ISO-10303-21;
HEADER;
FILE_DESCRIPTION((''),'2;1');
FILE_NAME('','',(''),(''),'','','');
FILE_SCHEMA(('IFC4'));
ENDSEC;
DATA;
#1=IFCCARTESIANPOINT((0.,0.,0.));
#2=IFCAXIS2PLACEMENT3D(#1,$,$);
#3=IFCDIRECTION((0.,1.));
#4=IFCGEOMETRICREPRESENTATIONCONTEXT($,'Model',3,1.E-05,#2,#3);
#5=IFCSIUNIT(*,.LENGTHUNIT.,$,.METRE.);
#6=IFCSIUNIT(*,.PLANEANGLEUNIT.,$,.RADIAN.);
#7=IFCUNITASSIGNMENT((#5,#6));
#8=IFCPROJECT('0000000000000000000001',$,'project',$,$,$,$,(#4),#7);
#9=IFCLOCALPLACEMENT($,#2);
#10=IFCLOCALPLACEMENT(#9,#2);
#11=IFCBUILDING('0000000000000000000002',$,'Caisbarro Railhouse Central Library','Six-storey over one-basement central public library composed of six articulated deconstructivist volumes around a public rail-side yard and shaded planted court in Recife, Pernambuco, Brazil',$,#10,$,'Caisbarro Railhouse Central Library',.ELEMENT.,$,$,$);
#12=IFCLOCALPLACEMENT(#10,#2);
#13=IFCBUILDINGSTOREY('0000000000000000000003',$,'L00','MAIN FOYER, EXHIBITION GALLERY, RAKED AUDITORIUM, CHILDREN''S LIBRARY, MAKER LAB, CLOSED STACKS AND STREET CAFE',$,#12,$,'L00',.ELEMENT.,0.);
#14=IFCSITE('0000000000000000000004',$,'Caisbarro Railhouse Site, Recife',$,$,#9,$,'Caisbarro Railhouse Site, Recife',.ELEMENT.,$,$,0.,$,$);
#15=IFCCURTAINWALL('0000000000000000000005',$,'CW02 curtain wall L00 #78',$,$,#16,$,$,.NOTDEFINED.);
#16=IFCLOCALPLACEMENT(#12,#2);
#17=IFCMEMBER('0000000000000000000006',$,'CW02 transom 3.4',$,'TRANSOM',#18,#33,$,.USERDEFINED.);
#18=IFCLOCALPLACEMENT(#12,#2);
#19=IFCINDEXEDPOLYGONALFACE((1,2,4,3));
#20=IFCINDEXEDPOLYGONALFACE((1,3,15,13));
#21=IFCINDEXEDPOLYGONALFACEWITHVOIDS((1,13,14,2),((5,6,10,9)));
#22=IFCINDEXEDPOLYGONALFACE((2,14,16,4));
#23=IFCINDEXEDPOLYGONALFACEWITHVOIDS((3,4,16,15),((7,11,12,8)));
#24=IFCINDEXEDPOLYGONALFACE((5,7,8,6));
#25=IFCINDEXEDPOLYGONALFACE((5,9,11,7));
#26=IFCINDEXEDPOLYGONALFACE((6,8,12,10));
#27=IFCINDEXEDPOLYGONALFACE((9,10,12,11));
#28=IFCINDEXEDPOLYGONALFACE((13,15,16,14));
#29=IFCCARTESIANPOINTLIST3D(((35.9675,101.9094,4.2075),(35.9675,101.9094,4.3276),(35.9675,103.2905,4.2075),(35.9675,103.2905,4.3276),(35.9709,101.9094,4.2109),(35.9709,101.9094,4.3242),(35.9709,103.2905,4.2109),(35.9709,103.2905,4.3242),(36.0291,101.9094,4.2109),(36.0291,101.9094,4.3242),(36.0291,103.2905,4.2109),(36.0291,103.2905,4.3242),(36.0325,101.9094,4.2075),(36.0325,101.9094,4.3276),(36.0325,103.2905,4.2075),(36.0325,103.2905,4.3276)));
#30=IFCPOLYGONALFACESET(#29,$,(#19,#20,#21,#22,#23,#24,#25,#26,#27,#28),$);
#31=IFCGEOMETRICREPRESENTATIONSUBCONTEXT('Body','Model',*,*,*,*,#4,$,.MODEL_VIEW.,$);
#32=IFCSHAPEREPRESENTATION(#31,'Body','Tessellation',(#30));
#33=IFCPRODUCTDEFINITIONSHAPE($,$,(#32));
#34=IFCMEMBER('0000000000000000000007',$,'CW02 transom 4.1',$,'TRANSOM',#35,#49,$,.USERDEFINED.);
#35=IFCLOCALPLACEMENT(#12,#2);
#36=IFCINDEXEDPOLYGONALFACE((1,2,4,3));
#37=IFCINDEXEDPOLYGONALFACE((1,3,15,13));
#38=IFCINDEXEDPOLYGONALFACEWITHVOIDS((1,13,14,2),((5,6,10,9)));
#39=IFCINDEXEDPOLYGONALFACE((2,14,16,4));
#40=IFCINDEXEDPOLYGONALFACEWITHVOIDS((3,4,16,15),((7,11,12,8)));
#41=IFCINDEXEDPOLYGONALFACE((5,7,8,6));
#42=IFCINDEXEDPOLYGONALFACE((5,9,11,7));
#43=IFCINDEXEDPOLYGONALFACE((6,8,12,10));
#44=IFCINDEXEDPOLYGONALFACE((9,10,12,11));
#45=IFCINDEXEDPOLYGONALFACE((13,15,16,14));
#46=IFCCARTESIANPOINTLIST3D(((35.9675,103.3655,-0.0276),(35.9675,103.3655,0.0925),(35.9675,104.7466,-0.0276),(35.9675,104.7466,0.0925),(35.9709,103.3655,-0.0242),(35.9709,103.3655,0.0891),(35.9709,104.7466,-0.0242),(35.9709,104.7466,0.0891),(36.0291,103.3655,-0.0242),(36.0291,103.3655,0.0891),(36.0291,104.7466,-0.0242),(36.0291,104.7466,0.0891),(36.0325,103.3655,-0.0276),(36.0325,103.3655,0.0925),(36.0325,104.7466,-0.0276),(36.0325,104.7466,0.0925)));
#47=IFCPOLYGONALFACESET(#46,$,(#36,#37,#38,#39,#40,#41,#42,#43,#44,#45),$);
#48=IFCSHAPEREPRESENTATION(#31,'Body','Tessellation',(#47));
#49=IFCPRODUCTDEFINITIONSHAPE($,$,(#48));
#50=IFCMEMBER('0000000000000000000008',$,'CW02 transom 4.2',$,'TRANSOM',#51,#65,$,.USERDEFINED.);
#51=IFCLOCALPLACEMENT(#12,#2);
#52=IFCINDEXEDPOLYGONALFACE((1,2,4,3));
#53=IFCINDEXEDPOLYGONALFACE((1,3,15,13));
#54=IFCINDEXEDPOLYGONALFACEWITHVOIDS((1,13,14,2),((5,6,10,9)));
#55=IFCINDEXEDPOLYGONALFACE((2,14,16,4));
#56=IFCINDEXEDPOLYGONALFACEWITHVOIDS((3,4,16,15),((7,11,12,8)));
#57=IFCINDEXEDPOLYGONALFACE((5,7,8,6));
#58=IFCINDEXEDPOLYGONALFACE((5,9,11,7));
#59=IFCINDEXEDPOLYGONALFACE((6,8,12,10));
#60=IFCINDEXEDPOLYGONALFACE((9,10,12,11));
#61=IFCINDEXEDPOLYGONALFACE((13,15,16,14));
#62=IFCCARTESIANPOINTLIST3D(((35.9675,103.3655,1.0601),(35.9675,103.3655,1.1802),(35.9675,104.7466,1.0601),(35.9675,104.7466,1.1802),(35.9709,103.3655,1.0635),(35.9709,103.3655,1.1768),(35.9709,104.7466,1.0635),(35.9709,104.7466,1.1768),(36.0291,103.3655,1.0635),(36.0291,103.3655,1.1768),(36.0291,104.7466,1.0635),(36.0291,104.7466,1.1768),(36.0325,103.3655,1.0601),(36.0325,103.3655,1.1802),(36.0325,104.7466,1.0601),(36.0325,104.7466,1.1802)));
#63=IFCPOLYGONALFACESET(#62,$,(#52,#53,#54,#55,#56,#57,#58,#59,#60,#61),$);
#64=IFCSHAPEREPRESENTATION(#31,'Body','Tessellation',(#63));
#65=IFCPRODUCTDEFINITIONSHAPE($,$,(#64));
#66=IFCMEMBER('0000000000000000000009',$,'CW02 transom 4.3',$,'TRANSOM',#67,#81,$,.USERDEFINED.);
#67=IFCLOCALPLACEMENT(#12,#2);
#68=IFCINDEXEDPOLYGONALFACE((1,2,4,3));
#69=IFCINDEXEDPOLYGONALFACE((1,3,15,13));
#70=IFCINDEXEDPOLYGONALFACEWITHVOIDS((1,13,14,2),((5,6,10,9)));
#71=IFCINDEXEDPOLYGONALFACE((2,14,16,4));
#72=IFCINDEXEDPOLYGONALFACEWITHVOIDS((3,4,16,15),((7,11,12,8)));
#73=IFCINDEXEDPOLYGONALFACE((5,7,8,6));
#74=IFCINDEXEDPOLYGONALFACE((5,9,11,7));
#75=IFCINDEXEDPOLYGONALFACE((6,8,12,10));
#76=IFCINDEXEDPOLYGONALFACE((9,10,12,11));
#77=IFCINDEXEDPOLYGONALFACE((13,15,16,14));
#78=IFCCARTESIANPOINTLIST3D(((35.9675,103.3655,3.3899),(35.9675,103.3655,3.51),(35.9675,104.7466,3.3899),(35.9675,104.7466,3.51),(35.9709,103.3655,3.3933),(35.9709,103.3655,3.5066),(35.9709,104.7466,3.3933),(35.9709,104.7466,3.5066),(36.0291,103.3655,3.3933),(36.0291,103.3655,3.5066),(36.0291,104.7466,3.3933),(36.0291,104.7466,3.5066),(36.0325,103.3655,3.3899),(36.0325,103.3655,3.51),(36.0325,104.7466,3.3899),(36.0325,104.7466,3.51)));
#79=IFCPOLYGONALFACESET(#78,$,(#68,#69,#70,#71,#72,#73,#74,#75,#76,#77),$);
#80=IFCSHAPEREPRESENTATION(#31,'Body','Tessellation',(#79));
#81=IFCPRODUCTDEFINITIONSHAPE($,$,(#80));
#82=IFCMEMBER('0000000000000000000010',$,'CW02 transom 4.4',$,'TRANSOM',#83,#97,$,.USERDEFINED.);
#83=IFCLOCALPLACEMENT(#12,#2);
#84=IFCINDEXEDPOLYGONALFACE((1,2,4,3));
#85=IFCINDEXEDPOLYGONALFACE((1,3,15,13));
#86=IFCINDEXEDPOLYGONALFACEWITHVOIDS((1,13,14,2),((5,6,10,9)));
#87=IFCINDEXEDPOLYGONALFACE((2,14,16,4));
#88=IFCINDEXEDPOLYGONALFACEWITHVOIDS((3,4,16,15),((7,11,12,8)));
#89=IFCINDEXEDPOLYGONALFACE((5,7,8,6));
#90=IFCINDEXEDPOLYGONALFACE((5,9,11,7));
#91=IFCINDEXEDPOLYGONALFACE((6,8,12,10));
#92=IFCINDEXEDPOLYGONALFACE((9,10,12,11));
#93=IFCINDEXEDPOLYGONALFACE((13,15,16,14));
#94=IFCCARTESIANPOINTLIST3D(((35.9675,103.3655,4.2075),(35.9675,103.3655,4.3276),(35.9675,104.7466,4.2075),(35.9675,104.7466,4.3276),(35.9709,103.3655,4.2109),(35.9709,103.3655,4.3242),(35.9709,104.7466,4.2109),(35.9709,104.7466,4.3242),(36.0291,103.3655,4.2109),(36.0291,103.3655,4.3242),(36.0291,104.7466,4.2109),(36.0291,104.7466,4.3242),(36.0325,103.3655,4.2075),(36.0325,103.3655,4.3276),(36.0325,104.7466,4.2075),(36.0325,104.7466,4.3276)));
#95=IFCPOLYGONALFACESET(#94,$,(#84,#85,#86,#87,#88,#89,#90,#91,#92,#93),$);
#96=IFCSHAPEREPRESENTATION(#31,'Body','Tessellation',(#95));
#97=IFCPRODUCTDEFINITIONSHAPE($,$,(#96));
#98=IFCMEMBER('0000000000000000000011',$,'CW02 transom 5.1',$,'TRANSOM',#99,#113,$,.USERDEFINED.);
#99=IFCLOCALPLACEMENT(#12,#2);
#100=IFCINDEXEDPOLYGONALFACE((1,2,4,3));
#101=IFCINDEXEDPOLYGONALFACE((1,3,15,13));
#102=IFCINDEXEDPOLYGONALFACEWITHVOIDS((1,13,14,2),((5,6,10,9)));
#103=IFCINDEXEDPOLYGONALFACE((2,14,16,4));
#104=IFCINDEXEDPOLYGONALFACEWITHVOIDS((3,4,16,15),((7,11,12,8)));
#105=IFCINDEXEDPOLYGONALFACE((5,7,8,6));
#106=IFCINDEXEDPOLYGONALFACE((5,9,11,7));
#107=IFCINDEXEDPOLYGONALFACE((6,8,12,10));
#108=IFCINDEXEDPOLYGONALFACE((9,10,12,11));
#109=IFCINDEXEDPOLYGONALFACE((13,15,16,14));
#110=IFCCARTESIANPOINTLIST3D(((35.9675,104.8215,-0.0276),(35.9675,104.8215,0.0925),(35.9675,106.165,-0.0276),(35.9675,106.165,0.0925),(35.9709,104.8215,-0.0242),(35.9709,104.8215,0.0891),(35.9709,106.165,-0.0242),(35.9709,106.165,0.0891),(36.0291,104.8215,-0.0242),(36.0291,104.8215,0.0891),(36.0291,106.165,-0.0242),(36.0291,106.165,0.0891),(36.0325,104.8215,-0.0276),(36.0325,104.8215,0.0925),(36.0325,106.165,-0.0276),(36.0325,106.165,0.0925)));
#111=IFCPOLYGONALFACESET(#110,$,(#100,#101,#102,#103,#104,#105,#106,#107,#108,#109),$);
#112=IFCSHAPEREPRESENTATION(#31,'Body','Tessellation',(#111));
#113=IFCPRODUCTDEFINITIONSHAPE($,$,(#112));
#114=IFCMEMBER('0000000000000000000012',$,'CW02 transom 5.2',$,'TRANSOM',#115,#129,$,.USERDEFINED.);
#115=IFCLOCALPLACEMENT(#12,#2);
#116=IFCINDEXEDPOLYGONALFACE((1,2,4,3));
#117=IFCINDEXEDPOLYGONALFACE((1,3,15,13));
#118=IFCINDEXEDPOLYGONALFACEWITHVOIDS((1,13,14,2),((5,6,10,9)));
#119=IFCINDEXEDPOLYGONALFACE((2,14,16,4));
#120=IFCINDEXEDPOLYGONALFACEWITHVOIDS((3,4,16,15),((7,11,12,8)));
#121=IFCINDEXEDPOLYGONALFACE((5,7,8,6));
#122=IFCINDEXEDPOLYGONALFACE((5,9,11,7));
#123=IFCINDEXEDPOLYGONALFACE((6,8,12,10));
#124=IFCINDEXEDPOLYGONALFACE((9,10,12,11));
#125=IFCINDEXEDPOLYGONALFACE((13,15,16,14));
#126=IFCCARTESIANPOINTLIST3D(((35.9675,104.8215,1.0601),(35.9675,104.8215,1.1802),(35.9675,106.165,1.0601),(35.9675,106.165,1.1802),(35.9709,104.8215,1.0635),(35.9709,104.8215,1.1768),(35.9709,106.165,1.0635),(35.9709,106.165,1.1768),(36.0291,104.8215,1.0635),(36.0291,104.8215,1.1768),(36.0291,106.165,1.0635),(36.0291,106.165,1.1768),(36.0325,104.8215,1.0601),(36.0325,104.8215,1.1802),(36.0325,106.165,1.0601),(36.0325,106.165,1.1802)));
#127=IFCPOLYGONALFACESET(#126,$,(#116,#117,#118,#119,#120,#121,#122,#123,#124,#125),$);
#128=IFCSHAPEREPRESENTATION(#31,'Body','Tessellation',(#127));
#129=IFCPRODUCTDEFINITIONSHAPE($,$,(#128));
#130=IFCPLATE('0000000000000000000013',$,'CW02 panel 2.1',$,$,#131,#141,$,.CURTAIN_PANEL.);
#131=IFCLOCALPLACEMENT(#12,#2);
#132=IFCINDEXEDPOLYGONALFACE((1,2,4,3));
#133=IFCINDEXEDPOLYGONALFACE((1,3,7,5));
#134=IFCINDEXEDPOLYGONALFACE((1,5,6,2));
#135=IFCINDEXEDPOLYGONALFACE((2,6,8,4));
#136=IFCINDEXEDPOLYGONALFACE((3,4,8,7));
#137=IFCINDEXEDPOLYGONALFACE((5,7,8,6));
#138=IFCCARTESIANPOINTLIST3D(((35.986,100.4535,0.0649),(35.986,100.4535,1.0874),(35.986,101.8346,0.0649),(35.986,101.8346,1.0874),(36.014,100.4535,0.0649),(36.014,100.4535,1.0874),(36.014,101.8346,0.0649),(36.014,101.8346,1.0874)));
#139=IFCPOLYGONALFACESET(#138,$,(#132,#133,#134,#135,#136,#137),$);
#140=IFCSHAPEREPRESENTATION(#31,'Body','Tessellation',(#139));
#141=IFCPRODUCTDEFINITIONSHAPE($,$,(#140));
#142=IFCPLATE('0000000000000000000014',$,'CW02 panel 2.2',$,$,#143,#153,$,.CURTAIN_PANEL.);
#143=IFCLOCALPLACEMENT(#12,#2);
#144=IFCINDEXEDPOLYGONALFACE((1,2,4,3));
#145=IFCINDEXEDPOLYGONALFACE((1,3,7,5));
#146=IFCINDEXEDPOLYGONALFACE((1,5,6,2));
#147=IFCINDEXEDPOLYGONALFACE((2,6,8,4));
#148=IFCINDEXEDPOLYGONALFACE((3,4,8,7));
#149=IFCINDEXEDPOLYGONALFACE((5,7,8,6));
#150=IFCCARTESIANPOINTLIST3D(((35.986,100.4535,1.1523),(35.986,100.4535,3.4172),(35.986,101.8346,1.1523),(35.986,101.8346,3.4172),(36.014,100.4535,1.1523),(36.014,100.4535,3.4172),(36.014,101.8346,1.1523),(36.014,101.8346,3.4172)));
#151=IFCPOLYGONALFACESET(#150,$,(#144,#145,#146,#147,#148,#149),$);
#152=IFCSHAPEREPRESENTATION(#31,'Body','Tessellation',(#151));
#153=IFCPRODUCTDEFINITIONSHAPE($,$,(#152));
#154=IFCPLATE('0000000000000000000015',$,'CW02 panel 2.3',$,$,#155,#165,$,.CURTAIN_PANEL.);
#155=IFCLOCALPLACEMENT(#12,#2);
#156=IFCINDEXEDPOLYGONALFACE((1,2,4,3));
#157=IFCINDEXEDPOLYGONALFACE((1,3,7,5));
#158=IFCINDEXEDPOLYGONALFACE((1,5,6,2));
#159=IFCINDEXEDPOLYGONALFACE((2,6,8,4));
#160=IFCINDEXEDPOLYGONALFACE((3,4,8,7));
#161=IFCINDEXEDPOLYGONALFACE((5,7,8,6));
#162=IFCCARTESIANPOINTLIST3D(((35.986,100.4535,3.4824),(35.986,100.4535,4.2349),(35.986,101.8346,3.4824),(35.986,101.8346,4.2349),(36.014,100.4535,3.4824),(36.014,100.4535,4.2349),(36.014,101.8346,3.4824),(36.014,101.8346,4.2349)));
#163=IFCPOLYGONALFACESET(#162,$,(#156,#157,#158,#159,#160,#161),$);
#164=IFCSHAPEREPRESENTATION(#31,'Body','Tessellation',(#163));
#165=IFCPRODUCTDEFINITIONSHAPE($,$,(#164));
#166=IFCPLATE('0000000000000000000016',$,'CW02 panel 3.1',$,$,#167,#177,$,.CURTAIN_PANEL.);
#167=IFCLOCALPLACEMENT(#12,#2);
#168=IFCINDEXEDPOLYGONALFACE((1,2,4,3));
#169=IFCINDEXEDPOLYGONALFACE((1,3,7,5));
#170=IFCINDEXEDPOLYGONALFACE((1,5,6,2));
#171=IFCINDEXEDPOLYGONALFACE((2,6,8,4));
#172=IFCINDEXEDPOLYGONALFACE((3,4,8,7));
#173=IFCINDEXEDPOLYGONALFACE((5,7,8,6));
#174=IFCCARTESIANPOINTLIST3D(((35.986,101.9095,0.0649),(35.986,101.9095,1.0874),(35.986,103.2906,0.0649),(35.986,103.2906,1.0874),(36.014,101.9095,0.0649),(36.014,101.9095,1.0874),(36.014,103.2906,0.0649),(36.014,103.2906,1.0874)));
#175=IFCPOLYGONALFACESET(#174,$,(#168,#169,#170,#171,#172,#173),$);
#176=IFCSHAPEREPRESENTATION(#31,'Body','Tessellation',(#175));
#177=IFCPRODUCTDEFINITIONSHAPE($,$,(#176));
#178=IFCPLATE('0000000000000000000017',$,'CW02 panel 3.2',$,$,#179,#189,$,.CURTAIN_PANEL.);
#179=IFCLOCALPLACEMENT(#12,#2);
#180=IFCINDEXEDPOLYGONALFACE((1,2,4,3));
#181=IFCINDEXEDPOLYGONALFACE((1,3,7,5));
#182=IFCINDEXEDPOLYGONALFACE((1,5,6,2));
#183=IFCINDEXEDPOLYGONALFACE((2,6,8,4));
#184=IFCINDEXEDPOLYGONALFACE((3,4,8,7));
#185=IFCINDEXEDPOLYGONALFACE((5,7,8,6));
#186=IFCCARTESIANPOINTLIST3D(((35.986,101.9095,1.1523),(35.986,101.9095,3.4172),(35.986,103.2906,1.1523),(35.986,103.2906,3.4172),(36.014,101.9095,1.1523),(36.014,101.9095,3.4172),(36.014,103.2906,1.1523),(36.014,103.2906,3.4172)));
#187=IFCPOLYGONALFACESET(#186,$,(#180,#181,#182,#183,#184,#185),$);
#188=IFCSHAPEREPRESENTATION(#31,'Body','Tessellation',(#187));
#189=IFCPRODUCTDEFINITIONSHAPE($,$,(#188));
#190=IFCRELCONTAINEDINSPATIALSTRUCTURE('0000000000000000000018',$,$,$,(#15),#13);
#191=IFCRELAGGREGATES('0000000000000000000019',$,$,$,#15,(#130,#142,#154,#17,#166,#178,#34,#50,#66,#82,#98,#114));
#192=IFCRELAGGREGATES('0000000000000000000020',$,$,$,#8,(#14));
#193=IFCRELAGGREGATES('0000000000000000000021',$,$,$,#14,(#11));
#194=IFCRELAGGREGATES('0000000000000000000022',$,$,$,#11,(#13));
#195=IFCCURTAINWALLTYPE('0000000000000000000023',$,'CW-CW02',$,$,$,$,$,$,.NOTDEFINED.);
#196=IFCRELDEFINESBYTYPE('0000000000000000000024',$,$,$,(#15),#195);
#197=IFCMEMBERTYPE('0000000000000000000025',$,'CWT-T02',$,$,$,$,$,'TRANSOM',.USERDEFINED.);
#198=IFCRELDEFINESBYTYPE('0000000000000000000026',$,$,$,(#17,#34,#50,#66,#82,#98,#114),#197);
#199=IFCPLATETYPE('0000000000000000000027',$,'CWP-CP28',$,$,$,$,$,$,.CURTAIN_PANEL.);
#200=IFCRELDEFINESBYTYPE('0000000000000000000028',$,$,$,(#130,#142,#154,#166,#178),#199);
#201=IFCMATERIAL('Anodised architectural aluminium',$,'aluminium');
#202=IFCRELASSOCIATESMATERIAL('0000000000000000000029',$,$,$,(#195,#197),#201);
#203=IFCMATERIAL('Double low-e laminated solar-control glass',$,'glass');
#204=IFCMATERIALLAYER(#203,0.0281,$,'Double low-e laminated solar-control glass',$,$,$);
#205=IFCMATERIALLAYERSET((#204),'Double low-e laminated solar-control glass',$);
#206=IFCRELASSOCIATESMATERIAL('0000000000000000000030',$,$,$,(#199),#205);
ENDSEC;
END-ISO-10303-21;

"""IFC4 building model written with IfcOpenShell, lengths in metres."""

from ifc_helpers import new_model, si_unit, direction, frame, origin, origin_2d, place, context, subcontext, project, spatial, rectangle, hollow_rectangle, extrude, material, layer, layer_set, material_profile, profile_set, type_object, element, aggregate, save


model = new_model("IFC4")

# Units and contexts
model_context = context("Model", 3, precision=1e-05, world=origin(), true_north=direction((0.0, 1.0)))
body_context = subcontext(model_context, "Body", "Model", "MODEL_VIEW")
ifc_project = project(units=[si_unit("LENGTHUNIT", "METRE"), si_unit("PLANEANGLEUNIT", "RADIAN")], contexts=[model_context])

# Site, building, storey
site_placement = place(None, origin())
site = spatial("IfcSite", under=ifc_project, at=site_placement, Name="Caisbarro Railhouse Site, Recife", LongName="Caisbarro Railhouse Site, Recife", CompositionType="ELEMENT", RefElevation=0.0)
building_placement = place(site_placement, origin())
building = spatial("IfcBuilding", under=site, at=building_placement, Name="Caisbarro Railhouse Central Library", Description="Six-storey over one-basement central public library composed of six articulated deconstructivist volumes around a public rail-side yard and shaded planted court in Recife, Pernambuco, Brazil", LongName="Caisbarro Railhouse Central Library", CompositionType="ELEMENT")
storey_placement = place(building_placement, origin())
storey = spatial("IfcBuildingStorey", under=building, at=storey_placement, Name="L00", Description="MAIN FOYER, EXHIBITION GALLERY, RAKED AUDITORIUM, CHILDREN'S LIBRARY, MAKER LAB, CLOSED STACKS AND STREET CAFE", LongName="L00", CompositionType="ELEMENT", Elevation=0.0)

# Curtain wall, members, plates
ifc_material_1 = material(Name="Anodised architectural aluminium", Category="aluminium")
curtain_wall_type = type_object("IfcCurtainWallType", Name="CW-CW02", PredefinedType="NOTDEFINED", material=ifc_material_1)
curtain_wall_placement = place(storey_placement, origin())
curtain_wall = element("IfcCurtainWall", 1, at=curtain_wall_placement, inside=storey, type_object=curtain_wall_type, Name="CW02 curtain wall L00 #78", PredefinedType="NOTDEFINED")
ifc_material_profile_1 = material_profile(ifc_material_1, hollow_rectangle(XDim=0.0649, YDim=0.1201, WallThickness=0.0034, at=origin_2d()), Name="ALU-TRN-65X120")
ifc_profile_set_1 = profile_set([ifc_material_profile_1], Name="Anodised architectural aluminium")
member_type_1 = type_object("IfcMemberType", Name="CWT-T02", ElementType="TRANSOM", PredefinedType="USERDEFINED", material=ifc_profile_set_1)
member_1_placement = place(storey_placement, frame((36.0, 101.9094, 4.2676), z_axis=(0.0, 1.0, 0.0), x_axis=(-1.0, 0.0, 0.0)))
member_1 = element("IfcMember", 2, at=member_1_placement, type_object=member_type_1, Name="CW02 transom 3.4", ObjectType="TRANSOM", PredefinedType="USERDEFINED", context=body_context, shape_type="SweptSolid", body=[
    extrude(hollow_rectangle(XDim=0.0649, YDim=0.1201, WallThickness=0.0034, at=origin_2d()), origin(), (0.0, 0.0, 1.0), 1.3811),
])
member_2_placement = place(storey_placement, frame((36.0, 103.3655, 0.0325), z_axis=(0.0, 1.0, 0.0), x_axis=(-1.0, 0.0, 0.0)))
member_2 = element("IfcMember", 3, at=member_2_placement, type_object=member_type_1, Name="CW02 transom 4.1", ObjectType="TRANSOM", PredefinedType="USERDEFINED", context=body_context, shape_type="SweptSolid", body=[
    extrude(hollow_rectangle(XDim=0.0649, YDim=0.1201, WallThickness=0.0034, at=origin_2d()), origin(), (0.0, 0.0, 1.0), 1.3811),
])
member_3_placement = place(storey_placement, frame((36.0, 103.3655, 1.1201), z_axis=(0.0, 1.0, 0.0), x_axis=(-1.0, 0.0, 0.0)))
member_3 = element("IfcMember", 4, at=member_3_placement, type_object=member_type_1, Name="CW02 transom 4.2", ObjectType="TRANSOM", PredefinedType="USERDEFINED", context=body_context, shape_type="SweptSolid", body=[
    extrude(hollow_rectangle(XDim=0.0649, YDim=0.1201, WallThickness=0.0034, at=origin_2d()), origin(), (0.0, 0.0, 1.0), 1.3811),
])
member_4_placement = place(storey_placement, frame((36.0, 103.3655, 3.45), z_axis=(0.0, 1.0, 0.0), x_axis=(-1.0, 0.0, 0.0)))
member_4 = element("IfcMember", 5, at=member_4_placement, type_object=member_type_1, Name="CW02 transom 4.3", ObjectType="TRANSOM", PredefinedType="USERDEFINED", context=body_context, shape_type="SweptSolid", body=[
    extrude(hollow_rectangle(XDim=0.0649, YDim=0.1201, WallThickness=0.0034, at=origin_2d()), origin(), (0.0, 0.0, 1.0), 1.3811),
])
member_5_placement = place(storey_placement, frame((36.0, 103.3655, 4.2676), z_axis=(0.0, 1.0, 0.0), x_axis=(-1.0, 0.0, 0.0)))
member_5 = element("IfcMember", 6, at=member_5_placement, type_object=member_type_1, Name="CW02 transom 4.4", ObjectType="TRANSOM", PredefinedType="USERDEFINED", context=body_context, shape_type="SweptSolid", body=[
    extrude(hollow_rectangle(XDim=0.0649, YDim=0.1201, WallThickness=0.0034, at=origin_2d()), origin(), (0.0, 0.0, 1.0), 1.3811),
])
member_6_placement = place(storey_placement, frame((36.0, 104.8215, 0.0325), z_axis=(0.0, 1.0, 0.0), x_axis=(-1.0, 0.0, 0.0)))
member_6 = element("IfcMember", 7, at=member_6_placement, type_object=member_type_1, Name="CW02 transom 5.1", ObjectType="TRANSOM", PredefinedType="USERDEFINED", context=body_context, shape_type="SweptSolid", body=[
    extrude(hollow_rectangle(XDim=0.0649, YDim=0.1201, WallThickness=0.0034, at=origin_2d()), origin(), (0.0, 0.0, 1.0), 1.3435),
])
member_7_placement = place(storey_placement, frame((36.0, 104.8215, 1.1201), z_axis=(0.0, 1.0, 0.0), x_axis=(-1.0, 0.0, 0.0)))
member_7 = element("IfcMember", 8, at=member_7_placement, type_object=member_type_1, Name="CW02 transom 5.2", ObjectType="TRANSOM", PredefinedType="USERDEFINED", context=body_context, shape_type="SweptSolid", body=[
    extrude(hollow_rectangle(XDim=0.0649, YDim=0.1201, WallThickness=0.0034, at=origin_2d()), origin(), (0.0, 0.0, 1.0), 1.3435),
])
ifc_material_2 = material(Name="Double low-e laminated solar-control glass", Category="glass")
ifc_layer = layer(ifc_material_2, 0.0281, Name="Double low-e laminated solar-control glass")
ifc_layer_set = layer_set([ifc_layer], Name="Double low-e laminated solar-control glass")
plate_type = type_object("IfcPlateType", Name="CWP-CP28", PredefinedType="CURTAIN_PANEL", material=ifc_layer_set)
plate_1_placement = place(storey_placement, frame((36.0, 101.144, 0.0649), z_axis=(0.0, 0.0, 1.0), x_axis=(0.0, 1.0, 0.0)))
plate_1 = element("IfcPlate", 9, at=plate_1_placement, type_object=plate_type, Name="CW02 panel 2.1", PredefinedType="CURTAIN_PANEL", context=body_context, shape_type="SweptSolid", body=[
    extrude(rectangle(XDim=1.3811, YDim=0.0281, at=origin_2d()), origin(), (0.0, 0.0, 1.0), 1.0225),
])
plate_2_placement = place(storey_placement, frame((36.0, 101.144, 1.1523), z_axis=(0.0, 0.0, 1.0), x_axis=(0.0, 1.0, 0.0)))
plate_2 = element("IfcPlate", 10, at=plate_2_placement, type_object=plate_type, Name="CW02 panel 2.2", PredefinedType="CURTAIN_PANEL", context=body_context, shape_type="SweptSolid", body=[
    extrude(rectangle(XDim=1.3811, YDim=0.0281, at=origin_2d()), origin(), (0.0, 0.0, 1.0), 2.2649),
])
plate_3_placement = place(storey_placement, frame((36.0, 101.144, 3.4824), z_axis=(0.0, 0.0, 1.0), x_axis=(0.0, 1.0, 0.0)))
plate_3 = element("IfcPlate", 11, at=plate_3_placement, type_object=plate_type, Name="CW02 panel 2.3", PredefinedType="CURTAIN_PANEL", context=body_context, shape_type="SweptSolid", body=[
    extrude(rectangle(XDim=1.3811, YDim=0.0281, at=origin_2d()), origin(), (0.0, 0.0, 1.0), 0.7524),
])
plate_4_placement = place(storey_placement, frame((36.0, 102.6001, 0.0649), z_axis=(0.0, 0.0, 1.0), x_axis=(0.0, 1.0, 0.0)))
plate_4 = element("IfcPlate", 12, at=plate_4_placement, type_object=plate_type, Name="CW02 panel 3.1", PredefinedType="CURTAIN_PANEL", context=body_context, shape_type="SweptSolid", body=[
    extrude(rectangle(XDim=1.3811, YDim=0.0281, at=origin_2d()), origin(), (0.0, 0.0, 1.0), 1.0225),
])
plate_5_placement = place(storey_placement, frame((36.0, 102.6001, 1.1523), z_axis=(0.0, 0.0, 1.0), x_axis=(0.0, 1.0, 0.0)))
plate_5 = element("IfcPlate", 13, at=plate_5_placement, type_object=plate_type, Name="CW02 panel 3.2", PredefinedType="CURTAIN_PANEL", context=body_context, shape_type="SweptSolid", body=[
    extrude(rectangle(XDim=1.3811, YDim=0.0281, at=origin_2d()), origin(), (0.0, 0.0, 1.0), 2.2649),
])
aggregate(curtain_wall, [plate_1, plate_2, plate_3, member_1, plate_4, plate_5, member_2, member_3, member_4, member_5, member_6, member_7])

save(model, "model.ifc")
